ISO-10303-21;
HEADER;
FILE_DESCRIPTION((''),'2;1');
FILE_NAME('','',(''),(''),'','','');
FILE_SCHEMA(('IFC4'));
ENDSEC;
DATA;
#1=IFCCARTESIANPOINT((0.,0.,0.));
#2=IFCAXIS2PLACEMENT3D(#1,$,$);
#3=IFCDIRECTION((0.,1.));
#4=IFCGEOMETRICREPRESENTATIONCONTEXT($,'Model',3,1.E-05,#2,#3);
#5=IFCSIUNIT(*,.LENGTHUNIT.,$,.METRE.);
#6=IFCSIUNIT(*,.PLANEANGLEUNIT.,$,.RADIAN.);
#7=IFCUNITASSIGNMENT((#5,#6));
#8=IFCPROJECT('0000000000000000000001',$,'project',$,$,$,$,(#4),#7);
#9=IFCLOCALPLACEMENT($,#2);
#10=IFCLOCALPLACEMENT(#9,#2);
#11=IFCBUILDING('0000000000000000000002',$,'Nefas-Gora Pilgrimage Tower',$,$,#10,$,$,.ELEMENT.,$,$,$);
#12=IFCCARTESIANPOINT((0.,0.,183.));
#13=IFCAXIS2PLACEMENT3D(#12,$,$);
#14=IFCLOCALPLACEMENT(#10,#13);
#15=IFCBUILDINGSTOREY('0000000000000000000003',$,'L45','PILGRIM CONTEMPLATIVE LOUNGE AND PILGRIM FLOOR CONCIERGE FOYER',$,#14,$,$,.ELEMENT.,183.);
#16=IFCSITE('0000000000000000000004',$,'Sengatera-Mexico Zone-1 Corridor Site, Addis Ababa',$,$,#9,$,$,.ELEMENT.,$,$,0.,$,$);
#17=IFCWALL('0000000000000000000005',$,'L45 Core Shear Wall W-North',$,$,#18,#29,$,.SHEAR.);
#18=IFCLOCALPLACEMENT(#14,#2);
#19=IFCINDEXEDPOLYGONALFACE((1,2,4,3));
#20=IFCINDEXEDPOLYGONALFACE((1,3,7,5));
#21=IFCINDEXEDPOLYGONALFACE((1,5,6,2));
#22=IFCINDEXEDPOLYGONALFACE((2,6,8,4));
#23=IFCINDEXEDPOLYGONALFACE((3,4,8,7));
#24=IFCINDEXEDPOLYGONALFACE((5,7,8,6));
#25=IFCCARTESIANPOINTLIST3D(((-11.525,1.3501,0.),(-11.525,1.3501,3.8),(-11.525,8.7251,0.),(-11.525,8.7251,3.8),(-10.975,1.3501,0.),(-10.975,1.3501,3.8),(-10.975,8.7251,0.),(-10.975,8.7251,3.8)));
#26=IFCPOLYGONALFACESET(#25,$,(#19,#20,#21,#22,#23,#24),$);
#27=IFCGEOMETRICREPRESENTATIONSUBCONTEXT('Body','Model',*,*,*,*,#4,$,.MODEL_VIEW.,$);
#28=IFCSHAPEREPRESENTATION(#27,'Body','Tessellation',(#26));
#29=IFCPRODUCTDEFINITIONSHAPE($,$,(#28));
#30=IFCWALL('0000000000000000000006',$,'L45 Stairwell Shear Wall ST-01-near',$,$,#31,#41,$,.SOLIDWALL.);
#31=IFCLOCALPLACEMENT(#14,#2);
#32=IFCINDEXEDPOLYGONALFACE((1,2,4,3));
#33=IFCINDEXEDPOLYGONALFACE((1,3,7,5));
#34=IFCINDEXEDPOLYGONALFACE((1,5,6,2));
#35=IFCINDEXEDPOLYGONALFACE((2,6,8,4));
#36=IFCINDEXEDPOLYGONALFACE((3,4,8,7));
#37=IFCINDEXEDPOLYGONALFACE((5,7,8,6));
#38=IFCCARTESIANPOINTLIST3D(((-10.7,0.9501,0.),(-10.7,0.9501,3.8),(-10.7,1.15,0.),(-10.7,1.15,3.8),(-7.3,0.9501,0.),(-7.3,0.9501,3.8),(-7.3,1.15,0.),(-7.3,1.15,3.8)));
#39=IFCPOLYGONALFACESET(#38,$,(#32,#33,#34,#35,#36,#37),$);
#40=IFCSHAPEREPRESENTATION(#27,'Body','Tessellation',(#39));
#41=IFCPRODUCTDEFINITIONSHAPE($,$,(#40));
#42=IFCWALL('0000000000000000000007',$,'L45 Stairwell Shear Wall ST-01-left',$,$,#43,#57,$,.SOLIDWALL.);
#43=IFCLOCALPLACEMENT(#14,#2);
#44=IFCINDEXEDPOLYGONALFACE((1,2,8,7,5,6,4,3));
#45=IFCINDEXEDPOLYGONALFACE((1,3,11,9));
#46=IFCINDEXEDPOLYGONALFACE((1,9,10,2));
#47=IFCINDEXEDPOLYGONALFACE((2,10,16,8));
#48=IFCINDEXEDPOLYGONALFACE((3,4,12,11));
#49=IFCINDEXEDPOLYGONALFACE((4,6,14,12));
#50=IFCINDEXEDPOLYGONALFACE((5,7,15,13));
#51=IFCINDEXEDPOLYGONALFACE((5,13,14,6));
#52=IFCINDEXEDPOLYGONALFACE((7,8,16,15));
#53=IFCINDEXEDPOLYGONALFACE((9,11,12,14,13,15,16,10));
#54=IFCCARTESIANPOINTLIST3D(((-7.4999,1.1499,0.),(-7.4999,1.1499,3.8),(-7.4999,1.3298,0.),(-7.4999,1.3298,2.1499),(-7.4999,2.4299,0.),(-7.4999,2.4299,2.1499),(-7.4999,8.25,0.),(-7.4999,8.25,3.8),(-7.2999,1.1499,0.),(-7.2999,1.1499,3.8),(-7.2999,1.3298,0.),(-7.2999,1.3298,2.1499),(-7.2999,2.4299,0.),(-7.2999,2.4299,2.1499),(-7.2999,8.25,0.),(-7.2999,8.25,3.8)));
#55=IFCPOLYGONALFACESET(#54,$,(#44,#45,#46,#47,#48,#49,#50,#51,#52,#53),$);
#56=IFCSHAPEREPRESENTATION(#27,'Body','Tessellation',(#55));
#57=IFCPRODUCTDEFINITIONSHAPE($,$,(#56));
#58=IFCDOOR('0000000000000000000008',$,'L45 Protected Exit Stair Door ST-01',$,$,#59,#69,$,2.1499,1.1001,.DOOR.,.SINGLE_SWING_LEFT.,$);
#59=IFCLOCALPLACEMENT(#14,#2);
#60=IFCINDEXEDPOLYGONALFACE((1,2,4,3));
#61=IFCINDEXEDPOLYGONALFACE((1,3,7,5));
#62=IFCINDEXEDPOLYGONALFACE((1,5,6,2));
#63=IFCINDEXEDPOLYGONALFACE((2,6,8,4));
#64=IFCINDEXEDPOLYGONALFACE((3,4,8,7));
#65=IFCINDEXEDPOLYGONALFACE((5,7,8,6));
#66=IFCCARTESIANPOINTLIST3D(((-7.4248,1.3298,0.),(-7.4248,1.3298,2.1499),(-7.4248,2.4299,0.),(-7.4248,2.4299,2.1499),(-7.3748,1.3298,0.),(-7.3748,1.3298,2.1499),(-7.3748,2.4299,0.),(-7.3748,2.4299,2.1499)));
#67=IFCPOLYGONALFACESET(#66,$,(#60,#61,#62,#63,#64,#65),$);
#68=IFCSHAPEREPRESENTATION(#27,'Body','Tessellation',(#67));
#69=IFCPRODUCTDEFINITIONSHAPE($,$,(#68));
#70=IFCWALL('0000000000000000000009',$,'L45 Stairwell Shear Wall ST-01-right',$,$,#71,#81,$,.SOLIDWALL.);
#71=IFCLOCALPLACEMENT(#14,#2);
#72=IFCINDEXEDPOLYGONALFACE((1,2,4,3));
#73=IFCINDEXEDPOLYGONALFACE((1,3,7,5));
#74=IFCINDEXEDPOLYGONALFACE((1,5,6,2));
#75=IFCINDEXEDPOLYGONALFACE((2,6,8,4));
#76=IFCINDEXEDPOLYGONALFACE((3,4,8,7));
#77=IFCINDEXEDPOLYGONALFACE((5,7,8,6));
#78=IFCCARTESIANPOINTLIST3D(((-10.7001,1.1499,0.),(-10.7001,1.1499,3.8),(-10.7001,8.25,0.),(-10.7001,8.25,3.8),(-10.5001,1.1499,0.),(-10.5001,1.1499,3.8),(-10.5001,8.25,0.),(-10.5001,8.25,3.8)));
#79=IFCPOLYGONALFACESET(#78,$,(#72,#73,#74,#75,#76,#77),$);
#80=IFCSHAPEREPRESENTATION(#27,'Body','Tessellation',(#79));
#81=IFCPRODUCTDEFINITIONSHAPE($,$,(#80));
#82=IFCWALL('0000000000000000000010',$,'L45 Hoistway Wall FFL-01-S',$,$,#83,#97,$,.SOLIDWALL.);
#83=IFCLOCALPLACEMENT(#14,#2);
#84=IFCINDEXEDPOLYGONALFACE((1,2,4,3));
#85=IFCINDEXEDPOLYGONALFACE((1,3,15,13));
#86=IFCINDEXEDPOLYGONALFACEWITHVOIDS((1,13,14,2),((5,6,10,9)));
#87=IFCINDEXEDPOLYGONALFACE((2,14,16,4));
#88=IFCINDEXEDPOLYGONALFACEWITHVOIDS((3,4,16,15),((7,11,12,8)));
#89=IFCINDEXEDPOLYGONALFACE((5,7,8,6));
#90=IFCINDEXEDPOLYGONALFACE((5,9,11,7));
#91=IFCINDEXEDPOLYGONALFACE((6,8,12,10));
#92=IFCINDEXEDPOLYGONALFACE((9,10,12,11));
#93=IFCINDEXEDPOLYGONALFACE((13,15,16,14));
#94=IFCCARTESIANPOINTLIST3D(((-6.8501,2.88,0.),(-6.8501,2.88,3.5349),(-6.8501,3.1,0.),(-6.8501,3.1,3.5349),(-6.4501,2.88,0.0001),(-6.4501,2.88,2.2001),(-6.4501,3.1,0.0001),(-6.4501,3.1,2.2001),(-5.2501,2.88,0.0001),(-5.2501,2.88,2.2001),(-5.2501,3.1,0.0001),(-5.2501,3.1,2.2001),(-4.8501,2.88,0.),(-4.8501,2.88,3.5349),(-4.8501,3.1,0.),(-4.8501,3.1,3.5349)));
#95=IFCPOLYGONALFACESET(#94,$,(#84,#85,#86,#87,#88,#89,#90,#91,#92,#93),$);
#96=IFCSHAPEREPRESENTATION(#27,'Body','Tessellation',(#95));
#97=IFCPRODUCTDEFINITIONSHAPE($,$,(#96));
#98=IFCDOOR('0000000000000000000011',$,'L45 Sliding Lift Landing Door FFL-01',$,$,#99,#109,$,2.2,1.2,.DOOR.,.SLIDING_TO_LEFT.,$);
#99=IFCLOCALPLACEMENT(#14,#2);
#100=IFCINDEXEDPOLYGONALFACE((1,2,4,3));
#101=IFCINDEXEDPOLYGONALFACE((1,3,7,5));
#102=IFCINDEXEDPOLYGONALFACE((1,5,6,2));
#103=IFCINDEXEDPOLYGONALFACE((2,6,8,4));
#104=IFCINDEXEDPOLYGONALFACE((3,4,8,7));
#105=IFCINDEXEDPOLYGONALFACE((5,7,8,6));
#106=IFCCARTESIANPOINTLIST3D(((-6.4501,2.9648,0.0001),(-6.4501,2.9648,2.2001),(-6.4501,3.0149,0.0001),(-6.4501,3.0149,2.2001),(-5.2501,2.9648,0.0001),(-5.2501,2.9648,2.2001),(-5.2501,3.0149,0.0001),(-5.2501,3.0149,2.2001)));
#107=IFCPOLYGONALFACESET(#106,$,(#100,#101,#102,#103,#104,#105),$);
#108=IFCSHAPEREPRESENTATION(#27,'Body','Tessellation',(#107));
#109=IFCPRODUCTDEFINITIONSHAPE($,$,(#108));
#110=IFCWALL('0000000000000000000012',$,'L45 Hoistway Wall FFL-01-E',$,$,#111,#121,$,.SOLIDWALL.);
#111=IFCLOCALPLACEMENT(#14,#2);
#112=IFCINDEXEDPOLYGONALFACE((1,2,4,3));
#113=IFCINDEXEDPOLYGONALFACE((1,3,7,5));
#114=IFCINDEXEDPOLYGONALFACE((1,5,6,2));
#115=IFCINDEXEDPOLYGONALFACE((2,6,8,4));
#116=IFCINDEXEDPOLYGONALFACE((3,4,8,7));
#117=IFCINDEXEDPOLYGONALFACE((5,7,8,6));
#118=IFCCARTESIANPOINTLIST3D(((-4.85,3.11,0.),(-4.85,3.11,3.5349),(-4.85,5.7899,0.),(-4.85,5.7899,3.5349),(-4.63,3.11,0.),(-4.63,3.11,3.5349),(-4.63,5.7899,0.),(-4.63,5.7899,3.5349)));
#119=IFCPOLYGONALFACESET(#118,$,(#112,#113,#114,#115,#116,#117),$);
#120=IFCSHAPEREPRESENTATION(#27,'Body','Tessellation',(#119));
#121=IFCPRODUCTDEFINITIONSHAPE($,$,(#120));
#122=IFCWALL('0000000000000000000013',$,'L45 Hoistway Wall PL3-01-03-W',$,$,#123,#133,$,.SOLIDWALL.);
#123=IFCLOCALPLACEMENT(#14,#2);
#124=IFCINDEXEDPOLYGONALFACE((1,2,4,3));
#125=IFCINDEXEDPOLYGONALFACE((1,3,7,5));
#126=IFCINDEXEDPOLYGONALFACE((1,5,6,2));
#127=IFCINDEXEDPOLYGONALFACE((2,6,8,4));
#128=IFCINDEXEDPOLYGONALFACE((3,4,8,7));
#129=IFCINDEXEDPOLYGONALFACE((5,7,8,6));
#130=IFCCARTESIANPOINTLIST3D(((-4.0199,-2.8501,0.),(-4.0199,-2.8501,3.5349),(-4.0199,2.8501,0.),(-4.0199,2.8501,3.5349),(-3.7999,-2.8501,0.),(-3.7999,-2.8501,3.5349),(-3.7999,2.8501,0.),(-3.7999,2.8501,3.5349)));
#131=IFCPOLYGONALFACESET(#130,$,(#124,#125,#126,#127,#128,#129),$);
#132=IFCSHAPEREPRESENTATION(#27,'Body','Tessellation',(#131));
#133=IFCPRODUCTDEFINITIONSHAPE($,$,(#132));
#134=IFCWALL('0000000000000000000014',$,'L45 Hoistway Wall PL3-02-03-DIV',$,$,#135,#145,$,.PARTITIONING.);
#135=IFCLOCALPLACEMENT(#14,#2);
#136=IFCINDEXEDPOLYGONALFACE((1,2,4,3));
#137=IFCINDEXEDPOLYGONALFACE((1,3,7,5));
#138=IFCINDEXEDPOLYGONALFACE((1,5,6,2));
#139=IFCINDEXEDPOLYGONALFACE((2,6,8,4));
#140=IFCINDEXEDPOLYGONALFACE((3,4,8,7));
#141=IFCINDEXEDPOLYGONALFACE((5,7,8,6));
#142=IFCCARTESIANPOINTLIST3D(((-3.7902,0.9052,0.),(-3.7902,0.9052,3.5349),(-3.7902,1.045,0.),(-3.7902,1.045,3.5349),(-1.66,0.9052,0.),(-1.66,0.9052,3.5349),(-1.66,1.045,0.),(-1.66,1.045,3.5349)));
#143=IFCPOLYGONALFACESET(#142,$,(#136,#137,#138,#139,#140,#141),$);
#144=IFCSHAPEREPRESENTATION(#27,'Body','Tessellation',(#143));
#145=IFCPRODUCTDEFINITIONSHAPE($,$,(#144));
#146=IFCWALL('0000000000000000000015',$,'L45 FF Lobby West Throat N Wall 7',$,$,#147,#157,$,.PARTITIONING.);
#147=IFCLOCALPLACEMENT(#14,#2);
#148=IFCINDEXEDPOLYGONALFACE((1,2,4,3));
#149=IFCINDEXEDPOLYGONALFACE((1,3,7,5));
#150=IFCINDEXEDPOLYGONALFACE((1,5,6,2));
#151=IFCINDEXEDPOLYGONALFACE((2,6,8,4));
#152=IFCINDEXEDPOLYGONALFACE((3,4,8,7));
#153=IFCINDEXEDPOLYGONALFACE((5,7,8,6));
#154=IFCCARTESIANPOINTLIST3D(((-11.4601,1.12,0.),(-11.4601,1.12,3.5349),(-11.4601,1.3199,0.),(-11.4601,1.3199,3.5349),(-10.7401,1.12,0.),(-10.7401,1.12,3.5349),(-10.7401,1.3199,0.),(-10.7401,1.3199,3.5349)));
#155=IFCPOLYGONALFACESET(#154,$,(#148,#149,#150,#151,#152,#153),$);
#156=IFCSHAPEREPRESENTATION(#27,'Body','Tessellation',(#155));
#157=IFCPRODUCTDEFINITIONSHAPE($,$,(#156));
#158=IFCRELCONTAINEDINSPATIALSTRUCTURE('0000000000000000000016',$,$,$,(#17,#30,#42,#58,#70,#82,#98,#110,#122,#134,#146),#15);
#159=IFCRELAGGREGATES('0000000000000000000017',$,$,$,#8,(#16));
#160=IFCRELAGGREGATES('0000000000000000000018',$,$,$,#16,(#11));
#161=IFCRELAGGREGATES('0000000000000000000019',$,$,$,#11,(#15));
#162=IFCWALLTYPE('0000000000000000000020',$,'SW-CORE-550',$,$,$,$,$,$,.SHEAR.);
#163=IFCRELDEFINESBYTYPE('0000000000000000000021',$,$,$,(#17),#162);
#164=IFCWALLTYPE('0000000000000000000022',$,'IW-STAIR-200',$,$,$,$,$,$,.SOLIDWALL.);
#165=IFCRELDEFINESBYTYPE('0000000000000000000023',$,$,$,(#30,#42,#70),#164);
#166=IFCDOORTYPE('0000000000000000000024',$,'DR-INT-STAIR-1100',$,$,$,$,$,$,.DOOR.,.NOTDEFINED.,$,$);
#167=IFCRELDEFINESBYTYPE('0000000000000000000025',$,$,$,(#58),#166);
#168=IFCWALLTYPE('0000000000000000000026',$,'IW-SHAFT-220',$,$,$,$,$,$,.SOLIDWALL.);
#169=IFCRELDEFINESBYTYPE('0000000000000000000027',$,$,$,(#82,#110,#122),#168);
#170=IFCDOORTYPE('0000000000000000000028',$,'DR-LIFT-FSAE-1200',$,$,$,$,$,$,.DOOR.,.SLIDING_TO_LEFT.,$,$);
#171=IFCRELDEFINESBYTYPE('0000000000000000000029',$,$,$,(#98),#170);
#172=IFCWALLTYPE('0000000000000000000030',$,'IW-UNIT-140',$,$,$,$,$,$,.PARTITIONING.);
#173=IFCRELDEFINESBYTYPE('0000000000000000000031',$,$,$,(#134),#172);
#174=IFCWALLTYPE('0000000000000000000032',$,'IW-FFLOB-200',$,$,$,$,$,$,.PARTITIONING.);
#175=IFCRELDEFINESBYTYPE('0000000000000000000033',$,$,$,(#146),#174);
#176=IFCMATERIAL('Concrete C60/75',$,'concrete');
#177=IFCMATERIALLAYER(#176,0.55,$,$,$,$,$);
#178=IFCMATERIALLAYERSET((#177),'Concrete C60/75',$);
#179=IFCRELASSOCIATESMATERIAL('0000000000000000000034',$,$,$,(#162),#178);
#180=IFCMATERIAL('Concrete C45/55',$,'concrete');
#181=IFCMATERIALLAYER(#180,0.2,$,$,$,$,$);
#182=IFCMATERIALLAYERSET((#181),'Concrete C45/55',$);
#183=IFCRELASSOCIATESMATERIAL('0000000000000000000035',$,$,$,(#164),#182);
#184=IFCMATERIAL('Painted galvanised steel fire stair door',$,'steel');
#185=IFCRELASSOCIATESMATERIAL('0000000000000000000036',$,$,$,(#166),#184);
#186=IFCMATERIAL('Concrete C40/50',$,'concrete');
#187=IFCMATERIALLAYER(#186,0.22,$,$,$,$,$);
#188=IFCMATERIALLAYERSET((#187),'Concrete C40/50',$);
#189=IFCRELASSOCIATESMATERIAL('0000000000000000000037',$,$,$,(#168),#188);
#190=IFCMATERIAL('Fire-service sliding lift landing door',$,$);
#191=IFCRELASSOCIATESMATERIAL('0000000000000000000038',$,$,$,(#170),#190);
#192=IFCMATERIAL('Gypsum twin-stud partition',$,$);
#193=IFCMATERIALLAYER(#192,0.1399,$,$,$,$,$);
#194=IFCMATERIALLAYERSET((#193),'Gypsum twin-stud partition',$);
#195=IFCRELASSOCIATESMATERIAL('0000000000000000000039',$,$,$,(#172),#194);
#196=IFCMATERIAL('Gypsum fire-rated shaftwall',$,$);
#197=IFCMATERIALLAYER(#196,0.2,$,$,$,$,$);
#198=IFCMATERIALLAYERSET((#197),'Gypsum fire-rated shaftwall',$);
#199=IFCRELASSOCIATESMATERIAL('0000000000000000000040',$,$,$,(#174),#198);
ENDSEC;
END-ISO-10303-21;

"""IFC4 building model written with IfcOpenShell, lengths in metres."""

from ifc_helpers import new_model, si_unit, direction, frame, frame_2d, origin, place, context, subcontext, project, spatial, rectangle, extrude, source, transform, mapped, material, layer, layer_set, type_object, element, fill, save


model = new_model("IFC4")

# Units and contexts
model_context = context("Model", 3, precision=1e-05, world=origin(), true_north=direction((0.0, 1.0)))
body_context = subcontext(model_context, "Body", "Model", "MODEL_VIEW")
ifc_project = project(units=[si_unit("LENGTHUNIT", "METRE"), si_unit("PLANEANGLEUNIT", "RADIAN")], contexts=[model_context])

# Site, building, storey
site_placement = place(None, origin())
site = spatial("IfcSite", under=ifc_project, at=site_placement, Name="Sengatera-Mexico Zone-1 Corridor Site, Addis Ababa", CompositionType="ELEMENT", RefElevation=0.0)
building_placement = place(site_placement, origin())
building = spatial("IfcBuilding", under=site, at=building_placement, Name="Nefas-Gora Pilgrimage Tower", CompositionType="ELEMENT")
storey_placement = place(building_placement, frame((0.0, 0.0, 183.0)))
storey = spatial("IfcBuildingStorey", under=building, at=storey_placement, Name="L45", Description="PILGRIM CONTEMPLATIVE LOUNGE AND PILGRIM FLOOR CONCIERGE FOYER", CompositionType="ELEMENT", Elevation=183.0)

# Walls
ifc_material_1 = material(Name="Concrete C60/75", Category="concrete")
ifc_layer_1 = layer(ifc_material_1, 0.55)
ifc_layer_set_1 = layer_set([ifc_layer_1], Name="Concrete C60/75")
wall_type_1 = type_object("IfcWallType", Name="SW-CORE-550", PredefinedType="SHEAR", material=ifc_layer_set_1)
shared_shape_1 = source(origin(), body_context, "Body", "SweptSolid", [
    extrude(rectangle(XDim=7.375, YDim=0.55, at=frame_2d((3.6875, 0.0))), origin(), (0.0, 0.0, 1.0), 3.8),
])
wall_1_placement = place(storey_placement, frame((-11.25, 1.3501, 0.0), z_axis=(0.0, 0.0, 1.0), x_axis=(0.0, 1.0, 0.0)))
element("IfcWall", 1, at=wall_1_placement, inside=storey, type_object=wall_type_1, Name="L45 Core Shear Wall W-North", PredefinedType="SHEAR", context=body_context, shape_type="MappedRepresentation", body=[
    mapped(shared_shape_1, transform((0.0, 0.0, 0.0), x_axis=(1.0, 0.0, 0.0), y_axis=(0.0, 1.0, 0.0), z_axis=(0.0, 0.0, 1.0), scale=1.0)),
])
ifc_material_2 = material(Name="Concrete C45/55", Category="concrete")
ifc_layer_2 = layer(ifc_material_2, 0.2)
ifc_layer_set_2 = layer_set([ifc_layer_2], Name="Concrete C45/55")
wall_type_2 = type_object("IfcWallType", Name="IW-STAIR-200", PredefinedType="SOLIDWALL", material=ifc_layer_set_2)
shared_shape_2 = source(origin(), body_context, "Body", "SweptSolid", [
    extrude(rectangle(XDim=3.3999, YDim=0.2, at=frame_2d((1.7, 0.0))), origin(), (0.0, 0.0, 1.0), 3.8),
])
wall_2_placement = place(storey_placement, frame((-7.3, 1.05, 0.0), z_axis=(0.0, 0.0, 1.0), x_axis=(-1.0, 0.0, 0.0)))
element("IfcWall", 2, at=wall_2_placement, inside=storey, type_object=wall_type_2, Name="L45 Stairwell Shear Wall ST-01-near", PredefinedType="SOLIDWALL", context=body_context, shape_type="MappedRepresentation", body=[
    mapped(shared_shape_2, transform((0.0, 0.0, 0.0), x_axis=(1.0, 0.0, 0.0), y_axis=(0.0, 1.0, 0.0), z_axis=(0.0, 0.0, 1.0), scale=1.0)),
])

# Wall, opening, door
shared_shape_3 = source(origin(), body_context, "Body", "SweptSolid", [
    extrude(rectangle(XDim=7.1001, YDim=0.2, at=frame_2d((3.55, 0.0))), origin(), (0.0, 0.0, 1.0), 3.8),
])
wall_3_placement = place(storey_placement, frame((-7.3999, 1.1499, 0.0), z_axis=(0.0, 0.0, 1.0), x_axis=(0.0, 1.0, 0.0)))
wall_3 = element("IfcWall", 3, at=wall_3_placement, inside=storey, type_object=wall_type_2, Name="L45 Stairwell Shear Wall ST-01-left", PredefinedType="SOLIDWALL", context=body_context, shape_type="MappedRepresentation", body=[
    mapped(shared_shape_3, transform((0.0, 0.0, 0.0), x_axis=(1.0, 0.0, 0.0), y_axis=(0.0, 1.0, 0.0), z_axis=(0.0, 0.0, 1.0), scale=1.0)),
])
opening_1_placement = place(wall_3_placement, frame((0.1799, 0.0, 0.0)))
opening_1 = element("IfcOpeningElement", 4, at=opening_1_placement, cuts=wall_3, PredefinedType="OPENING", context=body_context, shape_type="SweptSolid", body=[
    extrude(rectangle(XDim=1.1001, YDim=2.1499, at=frame_2d((0.55, 1.075))), frame((0.0, 0.1099, 0.0), z_axis=(0.0, -1.0, 0.0), x_axis=(1.0, 0.0, 0.0)), (0.0, 0.0, 1.0), 0.22),
])
ifc_material_3 = material(Name="Painted galvanised steel fire stair door", Category="steel")
door_type_1 = type_object("IfcDoorType", Name="DR-INT-STAIR-1100", OperationType="NOTDEFINED", PredefinedType="DOOR", material=ifc_material_3)
shared_shape_4 = source(origin(), body_context, "Body", "SweptSolid", [
    extrude(rectangle(XDim=1.1001, YDim=2.1499, at=frame_2d((0.55, 1.075))), frame((0.0, 0.0249, 0.0), z_axis=(0.0, -1.0, 0.0), x_axis=(1.0, 0.0, 0.0)), (0.0, 0.0, 1.0), 0.05),
])
door_1_placement = place(opening_1_placement, origin())
door_1 = element("IfcDoor", 5, at=door_1_placement, inside=storey, type_object=door_type_1, Name="L45 Protected Exit Stair Door ST-01", OperationType="SINGLE_SWING_LEFT", OverallHeight=2.1499, OverallWidth=1.1001, PredefinedType="DOOR", context=body_context, shape_type="MappedRepresentation", body=[
    mapped(shared_shape_4, transform((0.0, 0.0, 0.0), x_axis=(1.0, 0.0, 0.0), y_axis=(0.0, 1.0, 0.0), z_axis=(0.0, 0.0, 1.0), scale=1.0)),
])
fill(opening_1, door_1)

# Wall
wall_4_placement = place(storey_placement, frame((-10.6001, 1.1499, 0.0), z_axis=(0.0, 0.0, 1.0), x_axis=(0.0, 1.0, 0.0)))
element("IfcWall", 6, at=wall_4_placement, inside=storey, type_object=wall_type_2, Name="L45 Stairwell Shear Wall ST-01-right", PredefinedType="SOLIDWALL", context=body_context, shape_type="MappedRepresentation", body=[
    mapped(shared_shape_3, transform((0.0, 0.0, 0.0), x_axis=(1.0, 0.0, 0.0), y_axis=(0.0, 1.0, 0.0), z_axis=(0.0, 0.0, 1.0), scale=1.0)),
])

# Wall, opening, door
ifc_material_4 = material(Name="Concrete C40/50", Category="concrete")
ifc_layer_3 = layer(ifc_material_4, 0.22)
ifc_layer_set_3 = layer_set([ifc_layer_3], Name="Concrete C40/50")
wall_type_3 = type_object("IfcWallType", Name="IW-SHAFT-220", PredefinedType="SOLIDWALL", material=ifc_layer_set_3)
shared_shape_5 = source(origin(), body_context, "Body", "SweptSolid", [
    extrude(rectangle(XDim=2.0, YDim=0.22, at=frame_2d((1.0, 0.0))), origin(), (0.0, 0.0, 1.0), 3.5349),
])
wall_5_placement = place(storey_placement, frame((-6.8501, 2.99, 0.0), z_axis=(0.0, 0.0, 1.0), x_axis=(1.0, 0.0, 0.0)))
wall_5 = element("IfcWall", 7, at=wall_5_placement, inside=storey, type_object=wall_type_3, Name="L45 Hoistway Wall FFL-01-S", PredefinedType="SOLIDWALL", context=body_context, shape_type="MappedRepresentation", body=[
    mapped(shared_shape_5, transform((0.0, 0.0, 0.0), x_axis=(1.0, 0.0, 0.0), y_axis=(0.0, 1.0, 0.0), z_axis=(0.0, 0.0, 1.0), scale=1.0)),
])
opening_2_placement = place(wall_5_placement, frame((0.3999, 0.0, 0.0)))
opening_2 = element("IfcOpeningElement", 8, at=opening_2_placement, cuts=wall_5, PredefinedType="OPENING", context=body_context, shape_type="SweptSolid", body=[
    extrude(rectangle(XDim=1.2, YDim=2.2, at=frame_2d((0.6001, 1.1001))), frame((0.0, 0.1199, 0.0), z_axis=(0.0, -1.0, 0.0), x_axis=(1.0, 0.0, 0.0)), (0.0, 0.0, 1.0), 0.24),
])
ifc_material_5 = material(Name="Fire-service sliding lift landing door")
door_type_2 = type_object("IfcDoorType", Name="DR-LIFT-FSAE-1200", OperationType="SLIDING_TO_LEFT", PredefinedType="DOOR", material=ifc_material_5)
shared_shape_6 = source(origin(), body_context, "Body", "SweptSolid", [
    extrude(rectangle(XDim=1.2, YDim=2.2, at=frame_2d((0.6001, 1.1001))), frame((0.0, 0.0249, 0.0), z_axis=(0.0, -1.0, 0.0), x_axis=(1.0, 0.0, 0.0)), (0.0, 0.0, 1.0), 0.05),
])
door_2_placement = place(opening_2_placement, origin())
door_2 = element("IfcDoor", 9, at=door_2_placement, inside=storey, type_object=door_type_2, Name="L45 Sliding Lift Landing Door FFL-01", OperationType="SLIDING_TO_LEFT", OverallHeight=2.2, OverallWidth=1.2, PredefinedType="DOOR", context=body_context, shape_type="MappedRepresentation", body=[
    mapped(shared_shape_6, transform((0.0, 0.0, 0.0), x_axis=(1.0, 0.0, 0.0), y_axis=(0.0, 1.0, 0.0), z_axis=(0.0, 0.0, 1.0), scale=1.0)),
])
fill(opening_2, door_2)

# Walls
shared_shape_7 = source(origin(), body_context, "Body", "SweptSolid", [
    extrude(rectangle(XDim=2.6799, YDim=0.22, at=frame_2d((1.3398, 0.0))), origin(), (0.0, 0.0, 1.0), 3.5349),
])
wall_6_placement = place(storey_placement, frame((-4.74, 3.1101, 0.0), z_axis=(0.0, 0.0, 1.0), x_axis=(0.0, 1.0, 0.0)))
element("IfcWall", 10, at=wall_6_placement, inside=storey, type_object=wall_type_3, Name="L45 Hoistway Wall FFL-01-E", PredefinedType="SOLIDWALL", context=body_context, shape_type="MappedRepresentation", body=[
    mapped(shared_shape_7, transform((0.0, 0.0, 0.0), x_axis=(1.0, 0.0, 0.0), y_axis=(0.0, 1.0, 0.0), z_axis=(0.0, 0.0, 1.0), scale=1.0)),
])
shared_shape_8 = source(origin(), body_context, "Body", "SweptSolid", [
    extrude(rectangle(XDim=5.7002, YDim=0.22, at=frame_2d((2.8501, 0.0))), origin(), (0.0, 0.0, 1.0), 3.5349),
])
wall_7_placement = place(storey_placement, frame((-3.9099, 2.8501, 0.0), z_axis=(0.0, 0.0, 1.0), x_axis=(0.0, -1.0, 0.0)))
element("IfcWall", 11, at=wall_7_placement, inside=storey, type_object=wall_type_3, Name="L45 Hoistway Wall PL3-01-03-W", PredefinedType="SOLIDWALL", context=body_context, shape_type="MappedRepresentation", body=[
    mapped(shared_shape_8, transform((0.0, 0.0, 0.0), x_axis=(1.0, 0.0, 0.0), y_axis=(0.0, 1.0, 0.0), z_axis=(0.0, 0.0, 1.0), scale=1.0)),
])
ifc_material_6 = material(Name="Gypsum twin-stud partition")
ifc_layer_4 = layer(ifc_material_6, 0.1399)
ifc_layer_set_4 = layer_set([ifc_layer_4], Name="Gypsum twin-stud partition")
wall_type_4 = type_object("IfcWallType", Name="IW-UNIT-140", PredefinedType="PARTITIONING", material=ifc_layer_set_4)
shared_shape_9 = source(origin(), body_context, "Body", "SweptSolid", [
    extrude(rectangle(XDim=2.1301, YDim=0.1399, at=frame_2d((1.0649, 0.0))), origin(), (0.0, 0.0, 1.0), 3.5349),
])
wall_8_placement = place(storey_placement, frame((-3.79, 0.9751, 0.0), z_axis=(0.0, 0.0, 1.0), x_axis=(1.0, 0.0, 0.0)))
element("IfcWall", 12, at=wall_8_placement, inside=storey, type_object=wall_type_4, Name="L45 Hoistway Wall PL3-02-03-DIV", PredefinedType="PARTITIONING", context=body_context, shape_type="MappedRepresentation", body=[
    mapped(shared_shape_9, transform((0.0, 0.0, 0.0), x_axis=(1.0, 0.0, 0.0), y_axis=(0.0, 1.0, 0.0), z_axis=(0.0, 0.0, 1.0), scale=1.0)),
])
ifc_material_7 = material(Name="Gypsum fire-rated shaftwall")
ifc_layer_5 = layer(ifc_material_7, 0.2)
ifc_layer_set_5 = layer_set([ifc_layer_5], Name="Gypsum fire-rated shaftwall")
wall_type_5 = type_object("IfcWallType", Name="IW-FFLOB-200", PredefinedType="PARTITIONING", material=ifc_layer_set_5)
shared_shape_10 = source(origin(), body_context, "Body", "SweptSolid", [
    extrude(rectangle(XDim=0.72, YDim=0.2, at=frame_2d((0.3599, 0.0))), origin(), (0.0, 0.0, 1.0), 3.5349),
])
wall_9_placement = place(storey_placement, frame((-11.46, 1.22, 0.0), z_axis=(0.0, 0.0, 1.0), x_axis=(1.0, 0.0, 0.0)))
element("IfcWall", 13, at=wall_9_placement, inside=storey, type_object=wall_type_5, Name="L45 FF Lobby West Throat N Wall 7", PredefinedType="PARTITIONING", context=body_context, shape_type="MappedRepresentation", body=[
    mapped(shared_shape_10, transform((0.0, 0.0, 0.0), x_axis=(1.0, 0.0, 0.0), y_axis=(0.0, 1.0, 0.0), z_axis=(0.0, 0.0, 1.0), scale=1.0)),
])

save(model, "model.ifc")
